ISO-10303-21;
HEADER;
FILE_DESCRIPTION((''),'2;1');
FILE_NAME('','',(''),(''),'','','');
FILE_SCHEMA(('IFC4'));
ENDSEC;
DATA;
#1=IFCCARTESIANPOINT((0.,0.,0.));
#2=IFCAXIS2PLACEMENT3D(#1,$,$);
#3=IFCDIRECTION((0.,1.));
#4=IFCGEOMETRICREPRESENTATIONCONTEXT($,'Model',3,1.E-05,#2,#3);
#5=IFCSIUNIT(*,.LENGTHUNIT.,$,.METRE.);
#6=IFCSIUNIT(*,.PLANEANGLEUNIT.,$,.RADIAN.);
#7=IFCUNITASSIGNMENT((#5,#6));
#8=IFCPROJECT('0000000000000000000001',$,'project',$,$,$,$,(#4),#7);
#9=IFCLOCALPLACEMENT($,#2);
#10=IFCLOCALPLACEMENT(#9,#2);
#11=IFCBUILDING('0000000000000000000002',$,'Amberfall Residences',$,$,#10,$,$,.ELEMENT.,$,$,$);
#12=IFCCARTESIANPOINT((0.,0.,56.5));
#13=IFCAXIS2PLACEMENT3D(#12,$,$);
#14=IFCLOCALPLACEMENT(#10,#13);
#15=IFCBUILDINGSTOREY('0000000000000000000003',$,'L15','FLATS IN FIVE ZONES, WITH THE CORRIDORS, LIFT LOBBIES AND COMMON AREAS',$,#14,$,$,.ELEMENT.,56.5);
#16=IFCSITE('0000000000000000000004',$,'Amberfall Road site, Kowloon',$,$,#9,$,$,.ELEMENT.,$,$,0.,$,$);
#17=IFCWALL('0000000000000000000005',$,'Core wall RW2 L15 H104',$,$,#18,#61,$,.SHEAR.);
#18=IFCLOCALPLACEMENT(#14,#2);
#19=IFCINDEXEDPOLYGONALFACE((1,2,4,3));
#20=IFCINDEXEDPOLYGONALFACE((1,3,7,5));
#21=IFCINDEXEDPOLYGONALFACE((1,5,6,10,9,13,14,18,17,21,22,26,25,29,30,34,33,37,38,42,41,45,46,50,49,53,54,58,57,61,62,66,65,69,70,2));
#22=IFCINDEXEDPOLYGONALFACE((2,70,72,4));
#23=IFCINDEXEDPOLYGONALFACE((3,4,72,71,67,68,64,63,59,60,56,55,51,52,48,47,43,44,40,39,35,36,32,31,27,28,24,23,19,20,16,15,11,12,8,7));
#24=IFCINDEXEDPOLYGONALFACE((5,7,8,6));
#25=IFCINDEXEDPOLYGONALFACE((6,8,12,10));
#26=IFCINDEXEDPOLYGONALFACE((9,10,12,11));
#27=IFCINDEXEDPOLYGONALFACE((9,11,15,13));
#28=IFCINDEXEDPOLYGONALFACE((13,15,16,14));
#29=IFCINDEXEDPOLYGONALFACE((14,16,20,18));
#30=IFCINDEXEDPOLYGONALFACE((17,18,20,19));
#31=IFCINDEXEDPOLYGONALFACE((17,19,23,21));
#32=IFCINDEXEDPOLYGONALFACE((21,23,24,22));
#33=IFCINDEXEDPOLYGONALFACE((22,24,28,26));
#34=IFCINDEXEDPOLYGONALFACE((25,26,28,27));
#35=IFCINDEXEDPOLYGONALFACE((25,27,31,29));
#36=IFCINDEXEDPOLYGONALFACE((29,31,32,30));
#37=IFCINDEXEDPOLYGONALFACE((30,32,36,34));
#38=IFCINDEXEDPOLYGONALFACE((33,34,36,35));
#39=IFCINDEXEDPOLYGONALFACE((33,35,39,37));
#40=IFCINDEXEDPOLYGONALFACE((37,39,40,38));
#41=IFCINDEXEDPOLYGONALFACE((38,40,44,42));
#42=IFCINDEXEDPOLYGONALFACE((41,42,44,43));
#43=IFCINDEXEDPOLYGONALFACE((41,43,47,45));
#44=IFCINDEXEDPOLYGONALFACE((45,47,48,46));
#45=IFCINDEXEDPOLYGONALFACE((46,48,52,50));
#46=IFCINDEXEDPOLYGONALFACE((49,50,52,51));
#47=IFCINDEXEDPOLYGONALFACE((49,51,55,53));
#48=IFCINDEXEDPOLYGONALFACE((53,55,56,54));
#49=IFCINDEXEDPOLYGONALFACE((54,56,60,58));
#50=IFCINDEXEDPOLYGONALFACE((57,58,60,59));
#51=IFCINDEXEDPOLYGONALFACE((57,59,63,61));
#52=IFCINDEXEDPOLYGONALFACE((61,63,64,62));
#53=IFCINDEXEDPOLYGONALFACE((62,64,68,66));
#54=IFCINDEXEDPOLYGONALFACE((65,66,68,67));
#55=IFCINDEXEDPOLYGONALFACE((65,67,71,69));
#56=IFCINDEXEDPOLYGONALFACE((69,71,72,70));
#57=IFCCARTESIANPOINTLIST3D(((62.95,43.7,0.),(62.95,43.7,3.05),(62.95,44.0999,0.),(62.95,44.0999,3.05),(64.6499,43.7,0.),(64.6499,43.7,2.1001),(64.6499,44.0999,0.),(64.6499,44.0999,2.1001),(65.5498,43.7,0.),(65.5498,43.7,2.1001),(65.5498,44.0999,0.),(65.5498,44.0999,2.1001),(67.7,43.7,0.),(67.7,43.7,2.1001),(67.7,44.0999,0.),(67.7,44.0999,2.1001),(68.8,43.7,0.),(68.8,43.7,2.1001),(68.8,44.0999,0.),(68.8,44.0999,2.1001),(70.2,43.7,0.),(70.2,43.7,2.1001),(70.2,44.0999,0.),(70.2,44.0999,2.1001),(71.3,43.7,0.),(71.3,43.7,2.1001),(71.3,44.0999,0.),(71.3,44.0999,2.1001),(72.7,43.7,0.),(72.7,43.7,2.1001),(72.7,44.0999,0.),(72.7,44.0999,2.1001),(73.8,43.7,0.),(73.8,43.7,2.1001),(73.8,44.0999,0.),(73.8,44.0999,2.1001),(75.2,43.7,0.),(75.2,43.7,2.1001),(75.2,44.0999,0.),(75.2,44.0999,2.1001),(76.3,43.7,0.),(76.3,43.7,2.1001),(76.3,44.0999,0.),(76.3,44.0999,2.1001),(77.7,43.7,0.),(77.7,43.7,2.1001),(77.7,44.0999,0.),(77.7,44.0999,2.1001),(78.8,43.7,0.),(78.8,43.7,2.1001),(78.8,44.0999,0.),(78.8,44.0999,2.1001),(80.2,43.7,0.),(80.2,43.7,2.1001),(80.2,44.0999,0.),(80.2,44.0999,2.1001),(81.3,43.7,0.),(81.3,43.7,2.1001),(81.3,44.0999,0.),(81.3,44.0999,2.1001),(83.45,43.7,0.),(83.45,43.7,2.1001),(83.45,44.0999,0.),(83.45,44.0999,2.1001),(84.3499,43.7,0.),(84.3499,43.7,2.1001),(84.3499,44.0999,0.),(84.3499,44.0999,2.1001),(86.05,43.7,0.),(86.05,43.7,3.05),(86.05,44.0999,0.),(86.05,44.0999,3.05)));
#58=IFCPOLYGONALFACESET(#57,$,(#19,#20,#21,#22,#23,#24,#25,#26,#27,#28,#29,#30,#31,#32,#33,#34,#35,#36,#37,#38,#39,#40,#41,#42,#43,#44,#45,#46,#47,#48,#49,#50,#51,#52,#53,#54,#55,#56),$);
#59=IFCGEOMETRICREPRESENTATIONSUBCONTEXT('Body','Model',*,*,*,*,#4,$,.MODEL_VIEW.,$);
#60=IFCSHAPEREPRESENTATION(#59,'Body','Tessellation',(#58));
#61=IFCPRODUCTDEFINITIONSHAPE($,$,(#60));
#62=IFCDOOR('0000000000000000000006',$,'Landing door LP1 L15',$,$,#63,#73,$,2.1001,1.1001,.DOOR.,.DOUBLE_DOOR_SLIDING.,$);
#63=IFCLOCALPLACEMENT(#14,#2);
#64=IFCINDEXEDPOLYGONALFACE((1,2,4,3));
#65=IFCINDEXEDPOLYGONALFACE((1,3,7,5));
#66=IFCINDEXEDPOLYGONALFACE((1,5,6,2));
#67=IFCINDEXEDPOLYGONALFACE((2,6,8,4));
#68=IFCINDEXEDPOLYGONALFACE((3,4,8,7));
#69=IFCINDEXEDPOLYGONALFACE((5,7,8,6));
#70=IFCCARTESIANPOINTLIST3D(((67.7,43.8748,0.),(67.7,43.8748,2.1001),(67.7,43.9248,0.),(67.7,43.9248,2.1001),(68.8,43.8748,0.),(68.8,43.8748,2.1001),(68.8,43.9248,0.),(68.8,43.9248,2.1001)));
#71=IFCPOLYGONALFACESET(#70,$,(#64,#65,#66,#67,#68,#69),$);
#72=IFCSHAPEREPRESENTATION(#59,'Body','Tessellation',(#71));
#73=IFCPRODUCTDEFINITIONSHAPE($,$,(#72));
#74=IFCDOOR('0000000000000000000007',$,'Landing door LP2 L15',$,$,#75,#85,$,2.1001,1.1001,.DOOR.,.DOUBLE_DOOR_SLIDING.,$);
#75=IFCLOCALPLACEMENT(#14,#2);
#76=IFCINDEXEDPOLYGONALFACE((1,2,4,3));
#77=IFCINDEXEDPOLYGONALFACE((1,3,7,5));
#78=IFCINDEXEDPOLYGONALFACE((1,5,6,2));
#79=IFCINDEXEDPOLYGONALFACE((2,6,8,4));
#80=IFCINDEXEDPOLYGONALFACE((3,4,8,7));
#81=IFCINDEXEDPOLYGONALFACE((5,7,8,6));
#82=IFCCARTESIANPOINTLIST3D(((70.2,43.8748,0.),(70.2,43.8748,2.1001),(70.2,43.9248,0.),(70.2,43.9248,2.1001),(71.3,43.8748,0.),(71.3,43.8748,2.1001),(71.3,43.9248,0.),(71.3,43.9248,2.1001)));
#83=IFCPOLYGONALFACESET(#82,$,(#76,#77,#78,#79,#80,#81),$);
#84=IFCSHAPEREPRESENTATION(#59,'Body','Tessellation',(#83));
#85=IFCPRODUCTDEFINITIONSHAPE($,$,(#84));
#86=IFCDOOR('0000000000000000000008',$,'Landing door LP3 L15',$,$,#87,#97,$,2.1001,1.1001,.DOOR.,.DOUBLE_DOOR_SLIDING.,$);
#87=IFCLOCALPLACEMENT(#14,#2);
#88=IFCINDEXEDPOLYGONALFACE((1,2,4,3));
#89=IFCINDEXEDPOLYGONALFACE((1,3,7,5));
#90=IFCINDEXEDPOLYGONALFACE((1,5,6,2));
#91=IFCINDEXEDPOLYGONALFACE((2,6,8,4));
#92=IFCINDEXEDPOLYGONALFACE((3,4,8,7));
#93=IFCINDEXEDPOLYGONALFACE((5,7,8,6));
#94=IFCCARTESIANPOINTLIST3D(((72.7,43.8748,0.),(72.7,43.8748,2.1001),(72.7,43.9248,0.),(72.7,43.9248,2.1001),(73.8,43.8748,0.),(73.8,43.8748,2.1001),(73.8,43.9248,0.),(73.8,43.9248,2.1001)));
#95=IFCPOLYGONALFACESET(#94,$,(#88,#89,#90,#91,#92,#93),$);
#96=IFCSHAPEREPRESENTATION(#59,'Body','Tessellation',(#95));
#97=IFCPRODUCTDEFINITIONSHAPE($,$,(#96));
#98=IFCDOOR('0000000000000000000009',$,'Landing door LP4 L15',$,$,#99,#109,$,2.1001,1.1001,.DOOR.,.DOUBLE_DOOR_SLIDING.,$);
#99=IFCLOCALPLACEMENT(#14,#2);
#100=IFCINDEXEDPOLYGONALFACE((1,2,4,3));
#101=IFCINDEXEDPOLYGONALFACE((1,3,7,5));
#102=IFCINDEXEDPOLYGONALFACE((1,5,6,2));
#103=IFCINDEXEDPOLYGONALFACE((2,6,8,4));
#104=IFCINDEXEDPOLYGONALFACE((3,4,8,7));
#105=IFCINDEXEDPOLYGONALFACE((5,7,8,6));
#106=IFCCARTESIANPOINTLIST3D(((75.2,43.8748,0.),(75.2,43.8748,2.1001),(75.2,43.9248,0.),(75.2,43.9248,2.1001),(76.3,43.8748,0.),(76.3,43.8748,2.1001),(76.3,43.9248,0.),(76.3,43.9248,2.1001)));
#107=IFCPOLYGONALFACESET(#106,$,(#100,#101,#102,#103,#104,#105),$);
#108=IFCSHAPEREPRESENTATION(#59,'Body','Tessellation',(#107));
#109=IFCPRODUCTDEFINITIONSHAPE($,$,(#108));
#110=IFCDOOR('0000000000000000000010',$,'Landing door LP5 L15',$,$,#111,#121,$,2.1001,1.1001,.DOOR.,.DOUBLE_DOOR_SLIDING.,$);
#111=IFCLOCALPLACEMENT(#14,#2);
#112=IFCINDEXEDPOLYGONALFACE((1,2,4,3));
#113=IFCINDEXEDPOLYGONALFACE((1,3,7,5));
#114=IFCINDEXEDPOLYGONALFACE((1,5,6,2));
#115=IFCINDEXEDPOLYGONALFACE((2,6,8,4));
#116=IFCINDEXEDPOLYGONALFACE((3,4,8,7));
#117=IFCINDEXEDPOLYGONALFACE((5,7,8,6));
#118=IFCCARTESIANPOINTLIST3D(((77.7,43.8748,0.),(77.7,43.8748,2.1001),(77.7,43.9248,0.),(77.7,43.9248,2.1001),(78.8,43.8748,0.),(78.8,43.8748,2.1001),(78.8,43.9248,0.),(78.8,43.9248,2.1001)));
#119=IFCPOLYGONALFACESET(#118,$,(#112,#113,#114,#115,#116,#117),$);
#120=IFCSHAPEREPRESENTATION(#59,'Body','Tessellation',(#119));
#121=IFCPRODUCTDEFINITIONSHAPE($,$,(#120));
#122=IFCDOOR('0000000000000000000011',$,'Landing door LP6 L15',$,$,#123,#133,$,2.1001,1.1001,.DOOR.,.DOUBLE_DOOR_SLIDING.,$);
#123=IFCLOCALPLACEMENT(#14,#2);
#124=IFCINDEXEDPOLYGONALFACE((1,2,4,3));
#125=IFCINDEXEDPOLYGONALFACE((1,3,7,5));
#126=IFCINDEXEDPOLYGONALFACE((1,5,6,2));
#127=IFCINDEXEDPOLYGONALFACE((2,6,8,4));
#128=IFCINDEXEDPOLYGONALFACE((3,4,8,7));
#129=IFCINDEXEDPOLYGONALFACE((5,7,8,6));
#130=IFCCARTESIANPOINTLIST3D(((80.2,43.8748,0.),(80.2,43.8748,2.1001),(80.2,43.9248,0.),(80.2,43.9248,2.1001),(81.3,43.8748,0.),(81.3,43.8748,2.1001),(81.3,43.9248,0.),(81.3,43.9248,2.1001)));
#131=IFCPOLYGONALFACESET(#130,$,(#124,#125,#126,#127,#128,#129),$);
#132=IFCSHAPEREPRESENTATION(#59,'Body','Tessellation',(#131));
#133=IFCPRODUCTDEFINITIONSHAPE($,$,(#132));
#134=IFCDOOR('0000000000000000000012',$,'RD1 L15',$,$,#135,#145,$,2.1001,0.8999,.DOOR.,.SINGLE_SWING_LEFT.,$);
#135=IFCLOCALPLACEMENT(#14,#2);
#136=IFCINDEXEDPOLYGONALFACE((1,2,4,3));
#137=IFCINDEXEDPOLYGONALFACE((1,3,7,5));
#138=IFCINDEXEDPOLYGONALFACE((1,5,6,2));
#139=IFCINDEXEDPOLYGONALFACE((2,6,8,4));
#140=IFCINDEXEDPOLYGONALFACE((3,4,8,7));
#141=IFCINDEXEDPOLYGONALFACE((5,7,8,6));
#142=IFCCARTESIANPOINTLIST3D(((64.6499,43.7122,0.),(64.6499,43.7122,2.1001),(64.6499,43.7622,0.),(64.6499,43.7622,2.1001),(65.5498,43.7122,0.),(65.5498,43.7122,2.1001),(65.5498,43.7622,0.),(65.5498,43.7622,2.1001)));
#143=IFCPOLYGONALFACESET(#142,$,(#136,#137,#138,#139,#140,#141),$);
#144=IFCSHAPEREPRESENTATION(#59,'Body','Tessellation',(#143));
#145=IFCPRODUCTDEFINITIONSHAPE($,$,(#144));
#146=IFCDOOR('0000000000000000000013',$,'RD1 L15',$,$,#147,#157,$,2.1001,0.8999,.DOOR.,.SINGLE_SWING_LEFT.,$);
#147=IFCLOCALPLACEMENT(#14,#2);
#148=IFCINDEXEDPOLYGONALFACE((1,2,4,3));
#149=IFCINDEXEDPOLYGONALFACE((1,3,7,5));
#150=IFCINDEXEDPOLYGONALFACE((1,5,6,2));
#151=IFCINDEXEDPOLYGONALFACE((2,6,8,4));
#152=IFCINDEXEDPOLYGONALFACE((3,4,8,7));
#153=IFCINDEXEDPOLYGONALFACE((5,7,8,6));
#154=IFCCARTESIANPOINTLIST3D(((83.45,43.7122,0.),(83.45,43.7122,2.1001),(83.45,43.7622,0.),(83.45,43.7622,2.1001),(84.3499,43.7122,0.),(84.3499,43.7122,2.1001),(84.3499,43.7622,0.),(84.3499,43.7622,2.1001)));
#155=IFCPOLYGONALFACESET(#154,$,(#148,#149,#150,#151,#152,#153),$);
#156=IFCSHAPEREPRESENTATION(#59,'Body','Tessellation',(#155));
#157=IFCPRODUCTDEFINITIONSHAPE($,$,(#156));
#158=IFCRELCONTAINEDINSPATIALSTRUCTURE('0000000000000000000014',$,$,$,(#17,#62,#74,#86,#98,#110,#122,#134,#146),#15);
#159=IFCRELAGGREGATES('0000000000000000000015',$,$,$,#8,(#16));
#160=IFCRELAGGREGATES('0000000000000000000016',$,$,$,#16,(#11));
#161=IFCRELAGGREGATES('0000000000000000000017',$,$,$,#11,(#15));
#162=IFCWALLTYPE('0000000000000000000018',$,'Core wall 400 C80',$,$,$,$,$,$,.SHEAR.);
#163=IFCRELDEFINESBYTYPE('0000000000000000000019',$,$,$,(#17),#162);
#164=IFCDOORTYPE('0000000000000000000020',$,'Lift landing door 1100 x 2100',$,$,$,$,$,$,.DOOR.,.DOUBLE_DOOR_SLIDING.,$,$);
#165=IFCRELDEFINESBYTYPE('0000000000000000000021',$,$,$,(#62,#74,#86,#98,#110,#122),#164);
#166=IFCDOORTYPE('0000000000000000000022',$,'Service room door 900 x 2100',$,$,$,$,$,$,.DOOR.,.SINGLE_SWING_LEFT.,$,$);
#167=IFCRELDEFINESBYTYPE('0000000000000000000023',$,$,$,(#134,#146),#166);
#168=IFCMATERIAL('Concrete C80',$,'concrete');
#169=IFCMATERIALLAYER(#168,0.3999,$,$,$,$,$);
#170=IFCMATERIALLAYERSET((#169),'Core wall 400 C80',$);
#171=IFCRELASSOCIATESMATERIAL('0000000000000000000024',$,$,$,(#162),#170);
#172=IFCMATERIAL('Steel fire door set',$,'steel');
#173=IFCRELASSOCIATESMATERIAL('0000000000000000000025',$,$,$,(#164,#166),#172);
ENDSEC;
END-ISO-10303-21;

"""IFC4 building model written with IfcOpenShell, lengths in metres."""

from ifc_helpers import new_model, si_unit, direction, frame, frame_2d, origin, place, context, subcontext, project, spatial, rectangle, extrude, material, layer, layer_set, type_object, element, fill, save


model = new_model("IFC4")

# Units and contexts
model_context = context("Model", 3, precision=1e-05, world=origin(), true_north=direction((0.0, 1.0)))
body_context = subcontext(model_context, "Body", "Model", "MODEL_VIEW")
ifc_project = project(units=[si_unit("LENGTHUNIT", "METRE"), si_unit("PLANEANGLEUNIT", "RADIAN")], contexts=[model_context])

# Site, building, storey
site_placement = place(None, origin())
site = spatial("IfcSite", under=ifc_project, at=site_placement, Name="Amberfall Road site, Kowloon", CompositionType="ELEMENT", RefElevation=0.0)
building_placement = place(site_placement, origin())
building = spatial("IfcBuilding", under=site, at=building_placement, Name="Amberfall Residences", CompositionType="ELEMENT")
storey_placement = place(building_placement, frame((0.0, 0.0, 56.5)))
storey = spatial("IfcBuildingStorey", under=building, at=storey_placement, Name="L15", Description="FLATS IN FIVE ZONES, WITH THE CORRIDORS, LIFT LOBBIES AND COMMON AREAS", CompositionType="ELEMENT", Elevation=56.5)

# Shared definitions
ifc_material_1 = material(Name="Concrete C80", Category="concrete")
ifc_layer_1 = layer(ifc_material_1, 0.3999)
ifc_layer_set_1 = layer_set([ifc_layer_1], Name="Core wall 400 C80")
wall_type_1 = type_object("IfcWallType", Name="Core wall 400 C80", PredefinedType="SHEAR", material=ifc_layer_set_1)

# Wall, openings, doors
wall_1_placement = place(storey_placement, frame((62.95, 43.8999, 0.0), z_axis=(0.0, 0.0, 1.0), x_axis=(1.0, 0.0, 0.0)))
wall_1 = element("IfcWall", 1, at=wall_1_placement, inside=storey, type_object=wall_type_1, Name="Core wall RW2 L15 H104", PredefinedType="SHEAR", context=body_context, shape_type="SweptSolid", body=[
    extrude(rectangle(XDim=23.1001, YDim=0.3999, at=frame_2d((11.55, 0.0))), origin(), (0.0, 0.0, 1.0), 3.05),
])
opening_1_placement = place(wall_1_placement, frame((1.7, 0.0, 0.0)))
opening_1 = element("IfcOpeningElement", 2, at=opening_1_placement, cuts=wall_1, PredefinedType="OPENING", context=body_context, shape_type="SweptSolid", body=[
    extrude(rectangle(XDim=0.8999, YDim=2.1001, at=frame_2d((0.45, 1.05))), frame((0.0, 0.21, 0.0), z_axis=(0.0, -1.0, 0.0), x_axis=(1.0, 0.0, 0.0)), (0.0, 0.0, 1.0), 0.4199),
])
opening_2_placement = place(wall_1_placement, frame((20.5, 0.0, 0.0)))
opening_2 = element("IfcOpeningElement", 3, at=opening_2_placement, cuts=wall_1, PredefinedType="OPENING", context=body_context, shape_type="SweptSolid", body=[
    extrude(rectangle(XDim=0.8999, YDim=2.1001, at=frame_2d((0.45, 1.05))), frame((0.0, 0.21, 0.0), z_axis=(0.0, -1.0, 0.0), x_axis=(1.0, 0.0, 0.0)), (0.0, 0.0, 1.0), 0.4199),
])
opening_3_placement = place(wall_1_placement, frame((4.75, 0.0, 0.0)))
opening_3 = element("IfcOpeningElement", 4, at=opening_3_placement, cuts=wall_1, PredefinedType="OPENING", context=body_context, shape_type="SweptSolid", body=[
    extrude(rectangle(XDim=1.1001, YDim=2.1001, at=frame_2d((0.55, 1.05))), frame((0.0, 0.21, 0.0), z_axis=(0.0, -1.0, 0.0), x_axis=(1.0, 0.0, 0.0)), (0.0, 0.0, 1.0), 0.4199),
])
opening_4_placement = place(wall_1_placement, frame((7.25, 0.0, 0.0)))
opening_4 = element("IfcOpeningElement", 5, at=opening_4_placement, cuts=wall_1, PredefinedType="OPENING", context=body_context, shape_type="SweptSolid", body=[
    extrude(rectangle(XDim=1.1001, YDim=2.1001, at=frame_2d((0.55, 1.05))), frame((0.0, 0.21, 0.0), z_axis=(0.0, -1.0, 0.0), x_axis=(1.0, 0.0, 0.0)), (0.0, 0.0, 1.0), 0.4199),
])
opening_5_placement = place(wall_1_placement, frame((9.75, 0.0, 0.0)))
opening_5 = element("IfcOpeningElement", 6, at=opening_5_placement, cuts=wall_1, PredefinedType="OPENING", context=body_context, shape_type="SweptSolid", body=[
    extrude(rectangle(XDim=1.1001, YDim=2.1001, at=frame_2d((0.55, 1.05))), frame((0.0, 0.21, 0.0), z_axis=(0.0, -1.0, 0.0), x_axis=(1.0, 0.0, 0.0)), (0.0, 0.0, 1.0), 0.4199),
])
opening_6_placement = place(wall_1_placement, frame((12.25, 0.0, 0.0)))
opening_6 = element("IfcOpeningElement", 7, at=opening_6_placement, cuts=wall_1, PredefinedType="OPENING", context=body_context, shape_type="SweptSolid", body=[
    extrude(rectangle(XDim=1.1001, YDim=2.1001, at=frame_2d((0.55, 1.05))), frame((0.0, 0.21, 0.0), z_axis=(0.0, -1.0, 0.0), x_axis=(1.0, 0.0, 0.0)), (0.0, 0.0, 1.0), 0.4199),
])
opening_7_placement = place(wall_1_placement, frame((14.75, 0.0, 0.0)))
opening_7 = element("IfcOpeningElement", 8, at=opening_7_placement, cuts=wall_1, PredefinedType="OPENING", context=body_context, shape_type="SweptSolid", body=[
    extrude(rectangle(XDim=1.1001, YDim=2.1001, at=frame_2d((0.55, 1.05))), frame((0.0, 0.21, 0.0), z_axis=(0.0, -1.0, 0.0), x_axis=(1.0, 0.0, 0.0)), (0.0, 0.0, 1.0), 0.4199),
])
opening_8_placement = place(wall_1_placement, frame((17.25, 0.0, 0.0)))
opening_8 = element("IfcOpeningElement", 9, at=opening_8_placement, cuts=wall_1, PredefinedType="OPENING", context=body_context, shape_type="SweptSolid", body=[
    extrude(rectangle(XDim=1.1001, YDim=2.1001, at=frame_2d((0.55, 1.05))), frame((0.0, 0.21, 0.0), z_axis=(0.0, -1.0, 0.0), x_axis=(1.0, 0.0, 0.0)), (0.0, 0.0, 1.0), 0.4199),
])
ifc_material_2 = material(Name="Steel fire door set", Category="steel")
door_type_1 = type_object("IfcDoorType", Name="Lift landing door 1100 x 2100", OperationType="DOUBLE_DOOR_SLIDING", PredefinedType="DOOR", material=ifc_material_2)
door_1_placement = place(opening_3_placement, origin())
door_1 = element("IfcDoor", 10, at=door_1_placement, inside=storey, type_object=door_type_1, Name="Landing door LP1 L15", OperationType="DOUBLE_DOOR_SLIDING", OverallHeight=2.1001, OverallWidth=1.1001, PredefinedType="DOOR", context=body_context, shape_type="SweptSolid", body=[
    extrude(rectangle(XDim=1.1001, YDim=2.1001, at=frame_2d((0.55, 1.05))), frame((0.0, 0.0249, 0.0), z_axis=(0.0, -1.0, 0.0), x_axis=(1.0, 0.0, 0.0)), (0.0, 0.0, 1.0), 0.05),
])
fill(opening_3, door_1)
door_2_placement = place(opening_4_placement, origin())
door_2 = element("IfcDoor", 11, at=door_2_placement, inside=storey, type_object=door_type_1, Name="Landing door LP2 L15", OperationType="DOUBLE_DOOR_SLIDING", OverallHeight=2.1001, OverallWidth=1.1001, PredefinedType="DOOR", context=body_context, shape_type="SweptSolid", body=[
    extrude(rectangle(XDim=1.1001, YDim=2.1001, at=frame_2d((0.55, 1.05))), frame((0.0, 0.0249, 0.0), z_axis=(0.0, -1.0, 0.0), x_axis=(1.0, 0.0, 0.0)), (0.0, 0.0, 1.0), 0.05),
])
fill(opening_4, door_2)
door_3_placement = place(opening_5_placement, origin())
door_3 = element("IfcDoor", 12, at=door_3_placement, inside=storey, type_object=door_type_1, Name="Landing door LP3 L15", OperationType="DOUBLE_DOOR_SLIDING", OverallHeight=2.1001, OverallWidth=1.1001, PredefinedType="DOOR", context=body_context, shape_type="SweptSolid", body=[
    extrude(rectangle(XDim=1.1001, YDim=2.1001, at=frame_2d((0.55, 1.05))), frame((0.0, 0.0249, 0.0), z_axis=(0.0, -1.0, 0.0), x_axis=(1.0, 0.0, 0.0)), (0.0, 0.0, 1.0), 0.05),
])
fill(opening_5, door_3)
door_4_placement = place(opening_6_placement, origin())
door_4 = element("IfcDoor", 13, at=door_4_placement, inside=storey, type_object=door_type_1, Name="Landing door LP4 L15", OperationType="DOUBLE_DOOR_SLIDING", OverallHeight=2.1001, OverallWidth=1.1001, PredefinedType="DOOR", context=body_context, shape_type="SweptSolid", body=[
    extrude(rectangle(XDim=1.1001, YDim=2.1001, at=frame_2d((0.55, 1.05))), frame((0.0, 0.0249, 0.0), z_axis=(0.0, -1.0, 0.0), x_axis=(1.0, 0.0, 0.0)), (0.0, 0.0, 1.0), 0.05),
])
fill(opening_6, door_4)
door_5_placement = place(opening_7_placement, origin())
door_5 = element("IfcDoor", 14, at=door_5_placement, inside=storey, type_object=door_type_1, Name="Landing door LP5 L15", OperationType="DOUBLE_DOOR_SLIDING", OverallHeight=2.1001, OverallWidth=1.1001, PredefinedType="DOOR", context=body_context, shape_type="SweptSolid", body=[
    extrude(rectangle(XDim=1.1001, YDim=2.1001, at=frame_2d((0.55, 1.05))), frame((0.0, 0.0249, 0.0), z_axis=(0.0, -1.0, 0.0), x_axis=(1.0, 0.0, 0.0)), (0.0, 0.0, 1.0), 0.05),
])
fill(opening_7, door_5)
door_6_placement = place(opening_8_placement, origin())
door_6 = element("IfcDoor", 15, at=door_6_placement, inside=storey, type_object=door_type_1, Name="Landing door LP6 L15", OperationType="DOUBLE_DOOR_SLIDING", OverallHeight=2.1001, OverallWidth=1.1001, PredefinedType="DOOR", context=body_context, shape_type="SweptSolid", body=[
    extrude(rectangle(XDim=1.1001, YDim=2.1001, at=frame_2d((0.55, 1.05))), frame((0.0, 0.0249, 0.0), z_axis=(0.0, -1.0, 0.0), x_axis=(1.0, 0.0, 0.0)), (0.0, 0.0, 1.0), 0.05),
])
fill(opening_8, door_6)
door_type_2 = type_object("IfcDoorType", Name="Service room door 900 x 2100", OperationType="SINGLE_SWING_LEFT", PredefinedType="DOOR", material=ifc_material_2)
door_7_placement = place(opening_1_placement, origin())
door_7 = element("IfcDoor", 16, at=door_7_placement, inside=storey, type_object=door_type_2, Name="RD1 L15", OperationType="SINGLE_SWING_LEFT", OverallHeight=2.1001, OverallWidth=0.8999, PredefinedType="DOOR", context=body_context, shape_type="SweptSolid", body=[
    extrude(rectangle(XDim=0.8999, YDim=2.1001, at=frame_2d((0.45, 1.05))), frame((0.0, -0.1377, 0.0), z_axis=(0.0, -1.0, 0.0), x_axis=(1.0, 0.0, 0.0)), (0.0, 0.0, 1.0), 0.05),
])
fill(opening_1, door_7)
door_8_placement = place(opening_2_placement, origin())
door_8 = element("IfcDoor", 17, at=door_8_placement, inside=storey, type_object=door_type_2, Name="RD1 L15", OperationType="SINGLE_SWING_LEFT", OverallHeight=2.1001, OverallWidth=0.8999, PredefinedType="DOOR", context=body_context, shape_type="SweptSolid", body=[
    extrude(rectangle(XDim=0.8999, YDim=2.1001, at=frame_2d((0.45, 1.05))), frame((0.0, -0.1377, 0.0), z_axis=(0.0, -1.0, 0.0), x_axis=(1.0, 0.0, 0.0)), (0.0, 0.0, 1.0), 0.05),
])
fill(opening_2, door_8)

save(model, "model.ifc")
